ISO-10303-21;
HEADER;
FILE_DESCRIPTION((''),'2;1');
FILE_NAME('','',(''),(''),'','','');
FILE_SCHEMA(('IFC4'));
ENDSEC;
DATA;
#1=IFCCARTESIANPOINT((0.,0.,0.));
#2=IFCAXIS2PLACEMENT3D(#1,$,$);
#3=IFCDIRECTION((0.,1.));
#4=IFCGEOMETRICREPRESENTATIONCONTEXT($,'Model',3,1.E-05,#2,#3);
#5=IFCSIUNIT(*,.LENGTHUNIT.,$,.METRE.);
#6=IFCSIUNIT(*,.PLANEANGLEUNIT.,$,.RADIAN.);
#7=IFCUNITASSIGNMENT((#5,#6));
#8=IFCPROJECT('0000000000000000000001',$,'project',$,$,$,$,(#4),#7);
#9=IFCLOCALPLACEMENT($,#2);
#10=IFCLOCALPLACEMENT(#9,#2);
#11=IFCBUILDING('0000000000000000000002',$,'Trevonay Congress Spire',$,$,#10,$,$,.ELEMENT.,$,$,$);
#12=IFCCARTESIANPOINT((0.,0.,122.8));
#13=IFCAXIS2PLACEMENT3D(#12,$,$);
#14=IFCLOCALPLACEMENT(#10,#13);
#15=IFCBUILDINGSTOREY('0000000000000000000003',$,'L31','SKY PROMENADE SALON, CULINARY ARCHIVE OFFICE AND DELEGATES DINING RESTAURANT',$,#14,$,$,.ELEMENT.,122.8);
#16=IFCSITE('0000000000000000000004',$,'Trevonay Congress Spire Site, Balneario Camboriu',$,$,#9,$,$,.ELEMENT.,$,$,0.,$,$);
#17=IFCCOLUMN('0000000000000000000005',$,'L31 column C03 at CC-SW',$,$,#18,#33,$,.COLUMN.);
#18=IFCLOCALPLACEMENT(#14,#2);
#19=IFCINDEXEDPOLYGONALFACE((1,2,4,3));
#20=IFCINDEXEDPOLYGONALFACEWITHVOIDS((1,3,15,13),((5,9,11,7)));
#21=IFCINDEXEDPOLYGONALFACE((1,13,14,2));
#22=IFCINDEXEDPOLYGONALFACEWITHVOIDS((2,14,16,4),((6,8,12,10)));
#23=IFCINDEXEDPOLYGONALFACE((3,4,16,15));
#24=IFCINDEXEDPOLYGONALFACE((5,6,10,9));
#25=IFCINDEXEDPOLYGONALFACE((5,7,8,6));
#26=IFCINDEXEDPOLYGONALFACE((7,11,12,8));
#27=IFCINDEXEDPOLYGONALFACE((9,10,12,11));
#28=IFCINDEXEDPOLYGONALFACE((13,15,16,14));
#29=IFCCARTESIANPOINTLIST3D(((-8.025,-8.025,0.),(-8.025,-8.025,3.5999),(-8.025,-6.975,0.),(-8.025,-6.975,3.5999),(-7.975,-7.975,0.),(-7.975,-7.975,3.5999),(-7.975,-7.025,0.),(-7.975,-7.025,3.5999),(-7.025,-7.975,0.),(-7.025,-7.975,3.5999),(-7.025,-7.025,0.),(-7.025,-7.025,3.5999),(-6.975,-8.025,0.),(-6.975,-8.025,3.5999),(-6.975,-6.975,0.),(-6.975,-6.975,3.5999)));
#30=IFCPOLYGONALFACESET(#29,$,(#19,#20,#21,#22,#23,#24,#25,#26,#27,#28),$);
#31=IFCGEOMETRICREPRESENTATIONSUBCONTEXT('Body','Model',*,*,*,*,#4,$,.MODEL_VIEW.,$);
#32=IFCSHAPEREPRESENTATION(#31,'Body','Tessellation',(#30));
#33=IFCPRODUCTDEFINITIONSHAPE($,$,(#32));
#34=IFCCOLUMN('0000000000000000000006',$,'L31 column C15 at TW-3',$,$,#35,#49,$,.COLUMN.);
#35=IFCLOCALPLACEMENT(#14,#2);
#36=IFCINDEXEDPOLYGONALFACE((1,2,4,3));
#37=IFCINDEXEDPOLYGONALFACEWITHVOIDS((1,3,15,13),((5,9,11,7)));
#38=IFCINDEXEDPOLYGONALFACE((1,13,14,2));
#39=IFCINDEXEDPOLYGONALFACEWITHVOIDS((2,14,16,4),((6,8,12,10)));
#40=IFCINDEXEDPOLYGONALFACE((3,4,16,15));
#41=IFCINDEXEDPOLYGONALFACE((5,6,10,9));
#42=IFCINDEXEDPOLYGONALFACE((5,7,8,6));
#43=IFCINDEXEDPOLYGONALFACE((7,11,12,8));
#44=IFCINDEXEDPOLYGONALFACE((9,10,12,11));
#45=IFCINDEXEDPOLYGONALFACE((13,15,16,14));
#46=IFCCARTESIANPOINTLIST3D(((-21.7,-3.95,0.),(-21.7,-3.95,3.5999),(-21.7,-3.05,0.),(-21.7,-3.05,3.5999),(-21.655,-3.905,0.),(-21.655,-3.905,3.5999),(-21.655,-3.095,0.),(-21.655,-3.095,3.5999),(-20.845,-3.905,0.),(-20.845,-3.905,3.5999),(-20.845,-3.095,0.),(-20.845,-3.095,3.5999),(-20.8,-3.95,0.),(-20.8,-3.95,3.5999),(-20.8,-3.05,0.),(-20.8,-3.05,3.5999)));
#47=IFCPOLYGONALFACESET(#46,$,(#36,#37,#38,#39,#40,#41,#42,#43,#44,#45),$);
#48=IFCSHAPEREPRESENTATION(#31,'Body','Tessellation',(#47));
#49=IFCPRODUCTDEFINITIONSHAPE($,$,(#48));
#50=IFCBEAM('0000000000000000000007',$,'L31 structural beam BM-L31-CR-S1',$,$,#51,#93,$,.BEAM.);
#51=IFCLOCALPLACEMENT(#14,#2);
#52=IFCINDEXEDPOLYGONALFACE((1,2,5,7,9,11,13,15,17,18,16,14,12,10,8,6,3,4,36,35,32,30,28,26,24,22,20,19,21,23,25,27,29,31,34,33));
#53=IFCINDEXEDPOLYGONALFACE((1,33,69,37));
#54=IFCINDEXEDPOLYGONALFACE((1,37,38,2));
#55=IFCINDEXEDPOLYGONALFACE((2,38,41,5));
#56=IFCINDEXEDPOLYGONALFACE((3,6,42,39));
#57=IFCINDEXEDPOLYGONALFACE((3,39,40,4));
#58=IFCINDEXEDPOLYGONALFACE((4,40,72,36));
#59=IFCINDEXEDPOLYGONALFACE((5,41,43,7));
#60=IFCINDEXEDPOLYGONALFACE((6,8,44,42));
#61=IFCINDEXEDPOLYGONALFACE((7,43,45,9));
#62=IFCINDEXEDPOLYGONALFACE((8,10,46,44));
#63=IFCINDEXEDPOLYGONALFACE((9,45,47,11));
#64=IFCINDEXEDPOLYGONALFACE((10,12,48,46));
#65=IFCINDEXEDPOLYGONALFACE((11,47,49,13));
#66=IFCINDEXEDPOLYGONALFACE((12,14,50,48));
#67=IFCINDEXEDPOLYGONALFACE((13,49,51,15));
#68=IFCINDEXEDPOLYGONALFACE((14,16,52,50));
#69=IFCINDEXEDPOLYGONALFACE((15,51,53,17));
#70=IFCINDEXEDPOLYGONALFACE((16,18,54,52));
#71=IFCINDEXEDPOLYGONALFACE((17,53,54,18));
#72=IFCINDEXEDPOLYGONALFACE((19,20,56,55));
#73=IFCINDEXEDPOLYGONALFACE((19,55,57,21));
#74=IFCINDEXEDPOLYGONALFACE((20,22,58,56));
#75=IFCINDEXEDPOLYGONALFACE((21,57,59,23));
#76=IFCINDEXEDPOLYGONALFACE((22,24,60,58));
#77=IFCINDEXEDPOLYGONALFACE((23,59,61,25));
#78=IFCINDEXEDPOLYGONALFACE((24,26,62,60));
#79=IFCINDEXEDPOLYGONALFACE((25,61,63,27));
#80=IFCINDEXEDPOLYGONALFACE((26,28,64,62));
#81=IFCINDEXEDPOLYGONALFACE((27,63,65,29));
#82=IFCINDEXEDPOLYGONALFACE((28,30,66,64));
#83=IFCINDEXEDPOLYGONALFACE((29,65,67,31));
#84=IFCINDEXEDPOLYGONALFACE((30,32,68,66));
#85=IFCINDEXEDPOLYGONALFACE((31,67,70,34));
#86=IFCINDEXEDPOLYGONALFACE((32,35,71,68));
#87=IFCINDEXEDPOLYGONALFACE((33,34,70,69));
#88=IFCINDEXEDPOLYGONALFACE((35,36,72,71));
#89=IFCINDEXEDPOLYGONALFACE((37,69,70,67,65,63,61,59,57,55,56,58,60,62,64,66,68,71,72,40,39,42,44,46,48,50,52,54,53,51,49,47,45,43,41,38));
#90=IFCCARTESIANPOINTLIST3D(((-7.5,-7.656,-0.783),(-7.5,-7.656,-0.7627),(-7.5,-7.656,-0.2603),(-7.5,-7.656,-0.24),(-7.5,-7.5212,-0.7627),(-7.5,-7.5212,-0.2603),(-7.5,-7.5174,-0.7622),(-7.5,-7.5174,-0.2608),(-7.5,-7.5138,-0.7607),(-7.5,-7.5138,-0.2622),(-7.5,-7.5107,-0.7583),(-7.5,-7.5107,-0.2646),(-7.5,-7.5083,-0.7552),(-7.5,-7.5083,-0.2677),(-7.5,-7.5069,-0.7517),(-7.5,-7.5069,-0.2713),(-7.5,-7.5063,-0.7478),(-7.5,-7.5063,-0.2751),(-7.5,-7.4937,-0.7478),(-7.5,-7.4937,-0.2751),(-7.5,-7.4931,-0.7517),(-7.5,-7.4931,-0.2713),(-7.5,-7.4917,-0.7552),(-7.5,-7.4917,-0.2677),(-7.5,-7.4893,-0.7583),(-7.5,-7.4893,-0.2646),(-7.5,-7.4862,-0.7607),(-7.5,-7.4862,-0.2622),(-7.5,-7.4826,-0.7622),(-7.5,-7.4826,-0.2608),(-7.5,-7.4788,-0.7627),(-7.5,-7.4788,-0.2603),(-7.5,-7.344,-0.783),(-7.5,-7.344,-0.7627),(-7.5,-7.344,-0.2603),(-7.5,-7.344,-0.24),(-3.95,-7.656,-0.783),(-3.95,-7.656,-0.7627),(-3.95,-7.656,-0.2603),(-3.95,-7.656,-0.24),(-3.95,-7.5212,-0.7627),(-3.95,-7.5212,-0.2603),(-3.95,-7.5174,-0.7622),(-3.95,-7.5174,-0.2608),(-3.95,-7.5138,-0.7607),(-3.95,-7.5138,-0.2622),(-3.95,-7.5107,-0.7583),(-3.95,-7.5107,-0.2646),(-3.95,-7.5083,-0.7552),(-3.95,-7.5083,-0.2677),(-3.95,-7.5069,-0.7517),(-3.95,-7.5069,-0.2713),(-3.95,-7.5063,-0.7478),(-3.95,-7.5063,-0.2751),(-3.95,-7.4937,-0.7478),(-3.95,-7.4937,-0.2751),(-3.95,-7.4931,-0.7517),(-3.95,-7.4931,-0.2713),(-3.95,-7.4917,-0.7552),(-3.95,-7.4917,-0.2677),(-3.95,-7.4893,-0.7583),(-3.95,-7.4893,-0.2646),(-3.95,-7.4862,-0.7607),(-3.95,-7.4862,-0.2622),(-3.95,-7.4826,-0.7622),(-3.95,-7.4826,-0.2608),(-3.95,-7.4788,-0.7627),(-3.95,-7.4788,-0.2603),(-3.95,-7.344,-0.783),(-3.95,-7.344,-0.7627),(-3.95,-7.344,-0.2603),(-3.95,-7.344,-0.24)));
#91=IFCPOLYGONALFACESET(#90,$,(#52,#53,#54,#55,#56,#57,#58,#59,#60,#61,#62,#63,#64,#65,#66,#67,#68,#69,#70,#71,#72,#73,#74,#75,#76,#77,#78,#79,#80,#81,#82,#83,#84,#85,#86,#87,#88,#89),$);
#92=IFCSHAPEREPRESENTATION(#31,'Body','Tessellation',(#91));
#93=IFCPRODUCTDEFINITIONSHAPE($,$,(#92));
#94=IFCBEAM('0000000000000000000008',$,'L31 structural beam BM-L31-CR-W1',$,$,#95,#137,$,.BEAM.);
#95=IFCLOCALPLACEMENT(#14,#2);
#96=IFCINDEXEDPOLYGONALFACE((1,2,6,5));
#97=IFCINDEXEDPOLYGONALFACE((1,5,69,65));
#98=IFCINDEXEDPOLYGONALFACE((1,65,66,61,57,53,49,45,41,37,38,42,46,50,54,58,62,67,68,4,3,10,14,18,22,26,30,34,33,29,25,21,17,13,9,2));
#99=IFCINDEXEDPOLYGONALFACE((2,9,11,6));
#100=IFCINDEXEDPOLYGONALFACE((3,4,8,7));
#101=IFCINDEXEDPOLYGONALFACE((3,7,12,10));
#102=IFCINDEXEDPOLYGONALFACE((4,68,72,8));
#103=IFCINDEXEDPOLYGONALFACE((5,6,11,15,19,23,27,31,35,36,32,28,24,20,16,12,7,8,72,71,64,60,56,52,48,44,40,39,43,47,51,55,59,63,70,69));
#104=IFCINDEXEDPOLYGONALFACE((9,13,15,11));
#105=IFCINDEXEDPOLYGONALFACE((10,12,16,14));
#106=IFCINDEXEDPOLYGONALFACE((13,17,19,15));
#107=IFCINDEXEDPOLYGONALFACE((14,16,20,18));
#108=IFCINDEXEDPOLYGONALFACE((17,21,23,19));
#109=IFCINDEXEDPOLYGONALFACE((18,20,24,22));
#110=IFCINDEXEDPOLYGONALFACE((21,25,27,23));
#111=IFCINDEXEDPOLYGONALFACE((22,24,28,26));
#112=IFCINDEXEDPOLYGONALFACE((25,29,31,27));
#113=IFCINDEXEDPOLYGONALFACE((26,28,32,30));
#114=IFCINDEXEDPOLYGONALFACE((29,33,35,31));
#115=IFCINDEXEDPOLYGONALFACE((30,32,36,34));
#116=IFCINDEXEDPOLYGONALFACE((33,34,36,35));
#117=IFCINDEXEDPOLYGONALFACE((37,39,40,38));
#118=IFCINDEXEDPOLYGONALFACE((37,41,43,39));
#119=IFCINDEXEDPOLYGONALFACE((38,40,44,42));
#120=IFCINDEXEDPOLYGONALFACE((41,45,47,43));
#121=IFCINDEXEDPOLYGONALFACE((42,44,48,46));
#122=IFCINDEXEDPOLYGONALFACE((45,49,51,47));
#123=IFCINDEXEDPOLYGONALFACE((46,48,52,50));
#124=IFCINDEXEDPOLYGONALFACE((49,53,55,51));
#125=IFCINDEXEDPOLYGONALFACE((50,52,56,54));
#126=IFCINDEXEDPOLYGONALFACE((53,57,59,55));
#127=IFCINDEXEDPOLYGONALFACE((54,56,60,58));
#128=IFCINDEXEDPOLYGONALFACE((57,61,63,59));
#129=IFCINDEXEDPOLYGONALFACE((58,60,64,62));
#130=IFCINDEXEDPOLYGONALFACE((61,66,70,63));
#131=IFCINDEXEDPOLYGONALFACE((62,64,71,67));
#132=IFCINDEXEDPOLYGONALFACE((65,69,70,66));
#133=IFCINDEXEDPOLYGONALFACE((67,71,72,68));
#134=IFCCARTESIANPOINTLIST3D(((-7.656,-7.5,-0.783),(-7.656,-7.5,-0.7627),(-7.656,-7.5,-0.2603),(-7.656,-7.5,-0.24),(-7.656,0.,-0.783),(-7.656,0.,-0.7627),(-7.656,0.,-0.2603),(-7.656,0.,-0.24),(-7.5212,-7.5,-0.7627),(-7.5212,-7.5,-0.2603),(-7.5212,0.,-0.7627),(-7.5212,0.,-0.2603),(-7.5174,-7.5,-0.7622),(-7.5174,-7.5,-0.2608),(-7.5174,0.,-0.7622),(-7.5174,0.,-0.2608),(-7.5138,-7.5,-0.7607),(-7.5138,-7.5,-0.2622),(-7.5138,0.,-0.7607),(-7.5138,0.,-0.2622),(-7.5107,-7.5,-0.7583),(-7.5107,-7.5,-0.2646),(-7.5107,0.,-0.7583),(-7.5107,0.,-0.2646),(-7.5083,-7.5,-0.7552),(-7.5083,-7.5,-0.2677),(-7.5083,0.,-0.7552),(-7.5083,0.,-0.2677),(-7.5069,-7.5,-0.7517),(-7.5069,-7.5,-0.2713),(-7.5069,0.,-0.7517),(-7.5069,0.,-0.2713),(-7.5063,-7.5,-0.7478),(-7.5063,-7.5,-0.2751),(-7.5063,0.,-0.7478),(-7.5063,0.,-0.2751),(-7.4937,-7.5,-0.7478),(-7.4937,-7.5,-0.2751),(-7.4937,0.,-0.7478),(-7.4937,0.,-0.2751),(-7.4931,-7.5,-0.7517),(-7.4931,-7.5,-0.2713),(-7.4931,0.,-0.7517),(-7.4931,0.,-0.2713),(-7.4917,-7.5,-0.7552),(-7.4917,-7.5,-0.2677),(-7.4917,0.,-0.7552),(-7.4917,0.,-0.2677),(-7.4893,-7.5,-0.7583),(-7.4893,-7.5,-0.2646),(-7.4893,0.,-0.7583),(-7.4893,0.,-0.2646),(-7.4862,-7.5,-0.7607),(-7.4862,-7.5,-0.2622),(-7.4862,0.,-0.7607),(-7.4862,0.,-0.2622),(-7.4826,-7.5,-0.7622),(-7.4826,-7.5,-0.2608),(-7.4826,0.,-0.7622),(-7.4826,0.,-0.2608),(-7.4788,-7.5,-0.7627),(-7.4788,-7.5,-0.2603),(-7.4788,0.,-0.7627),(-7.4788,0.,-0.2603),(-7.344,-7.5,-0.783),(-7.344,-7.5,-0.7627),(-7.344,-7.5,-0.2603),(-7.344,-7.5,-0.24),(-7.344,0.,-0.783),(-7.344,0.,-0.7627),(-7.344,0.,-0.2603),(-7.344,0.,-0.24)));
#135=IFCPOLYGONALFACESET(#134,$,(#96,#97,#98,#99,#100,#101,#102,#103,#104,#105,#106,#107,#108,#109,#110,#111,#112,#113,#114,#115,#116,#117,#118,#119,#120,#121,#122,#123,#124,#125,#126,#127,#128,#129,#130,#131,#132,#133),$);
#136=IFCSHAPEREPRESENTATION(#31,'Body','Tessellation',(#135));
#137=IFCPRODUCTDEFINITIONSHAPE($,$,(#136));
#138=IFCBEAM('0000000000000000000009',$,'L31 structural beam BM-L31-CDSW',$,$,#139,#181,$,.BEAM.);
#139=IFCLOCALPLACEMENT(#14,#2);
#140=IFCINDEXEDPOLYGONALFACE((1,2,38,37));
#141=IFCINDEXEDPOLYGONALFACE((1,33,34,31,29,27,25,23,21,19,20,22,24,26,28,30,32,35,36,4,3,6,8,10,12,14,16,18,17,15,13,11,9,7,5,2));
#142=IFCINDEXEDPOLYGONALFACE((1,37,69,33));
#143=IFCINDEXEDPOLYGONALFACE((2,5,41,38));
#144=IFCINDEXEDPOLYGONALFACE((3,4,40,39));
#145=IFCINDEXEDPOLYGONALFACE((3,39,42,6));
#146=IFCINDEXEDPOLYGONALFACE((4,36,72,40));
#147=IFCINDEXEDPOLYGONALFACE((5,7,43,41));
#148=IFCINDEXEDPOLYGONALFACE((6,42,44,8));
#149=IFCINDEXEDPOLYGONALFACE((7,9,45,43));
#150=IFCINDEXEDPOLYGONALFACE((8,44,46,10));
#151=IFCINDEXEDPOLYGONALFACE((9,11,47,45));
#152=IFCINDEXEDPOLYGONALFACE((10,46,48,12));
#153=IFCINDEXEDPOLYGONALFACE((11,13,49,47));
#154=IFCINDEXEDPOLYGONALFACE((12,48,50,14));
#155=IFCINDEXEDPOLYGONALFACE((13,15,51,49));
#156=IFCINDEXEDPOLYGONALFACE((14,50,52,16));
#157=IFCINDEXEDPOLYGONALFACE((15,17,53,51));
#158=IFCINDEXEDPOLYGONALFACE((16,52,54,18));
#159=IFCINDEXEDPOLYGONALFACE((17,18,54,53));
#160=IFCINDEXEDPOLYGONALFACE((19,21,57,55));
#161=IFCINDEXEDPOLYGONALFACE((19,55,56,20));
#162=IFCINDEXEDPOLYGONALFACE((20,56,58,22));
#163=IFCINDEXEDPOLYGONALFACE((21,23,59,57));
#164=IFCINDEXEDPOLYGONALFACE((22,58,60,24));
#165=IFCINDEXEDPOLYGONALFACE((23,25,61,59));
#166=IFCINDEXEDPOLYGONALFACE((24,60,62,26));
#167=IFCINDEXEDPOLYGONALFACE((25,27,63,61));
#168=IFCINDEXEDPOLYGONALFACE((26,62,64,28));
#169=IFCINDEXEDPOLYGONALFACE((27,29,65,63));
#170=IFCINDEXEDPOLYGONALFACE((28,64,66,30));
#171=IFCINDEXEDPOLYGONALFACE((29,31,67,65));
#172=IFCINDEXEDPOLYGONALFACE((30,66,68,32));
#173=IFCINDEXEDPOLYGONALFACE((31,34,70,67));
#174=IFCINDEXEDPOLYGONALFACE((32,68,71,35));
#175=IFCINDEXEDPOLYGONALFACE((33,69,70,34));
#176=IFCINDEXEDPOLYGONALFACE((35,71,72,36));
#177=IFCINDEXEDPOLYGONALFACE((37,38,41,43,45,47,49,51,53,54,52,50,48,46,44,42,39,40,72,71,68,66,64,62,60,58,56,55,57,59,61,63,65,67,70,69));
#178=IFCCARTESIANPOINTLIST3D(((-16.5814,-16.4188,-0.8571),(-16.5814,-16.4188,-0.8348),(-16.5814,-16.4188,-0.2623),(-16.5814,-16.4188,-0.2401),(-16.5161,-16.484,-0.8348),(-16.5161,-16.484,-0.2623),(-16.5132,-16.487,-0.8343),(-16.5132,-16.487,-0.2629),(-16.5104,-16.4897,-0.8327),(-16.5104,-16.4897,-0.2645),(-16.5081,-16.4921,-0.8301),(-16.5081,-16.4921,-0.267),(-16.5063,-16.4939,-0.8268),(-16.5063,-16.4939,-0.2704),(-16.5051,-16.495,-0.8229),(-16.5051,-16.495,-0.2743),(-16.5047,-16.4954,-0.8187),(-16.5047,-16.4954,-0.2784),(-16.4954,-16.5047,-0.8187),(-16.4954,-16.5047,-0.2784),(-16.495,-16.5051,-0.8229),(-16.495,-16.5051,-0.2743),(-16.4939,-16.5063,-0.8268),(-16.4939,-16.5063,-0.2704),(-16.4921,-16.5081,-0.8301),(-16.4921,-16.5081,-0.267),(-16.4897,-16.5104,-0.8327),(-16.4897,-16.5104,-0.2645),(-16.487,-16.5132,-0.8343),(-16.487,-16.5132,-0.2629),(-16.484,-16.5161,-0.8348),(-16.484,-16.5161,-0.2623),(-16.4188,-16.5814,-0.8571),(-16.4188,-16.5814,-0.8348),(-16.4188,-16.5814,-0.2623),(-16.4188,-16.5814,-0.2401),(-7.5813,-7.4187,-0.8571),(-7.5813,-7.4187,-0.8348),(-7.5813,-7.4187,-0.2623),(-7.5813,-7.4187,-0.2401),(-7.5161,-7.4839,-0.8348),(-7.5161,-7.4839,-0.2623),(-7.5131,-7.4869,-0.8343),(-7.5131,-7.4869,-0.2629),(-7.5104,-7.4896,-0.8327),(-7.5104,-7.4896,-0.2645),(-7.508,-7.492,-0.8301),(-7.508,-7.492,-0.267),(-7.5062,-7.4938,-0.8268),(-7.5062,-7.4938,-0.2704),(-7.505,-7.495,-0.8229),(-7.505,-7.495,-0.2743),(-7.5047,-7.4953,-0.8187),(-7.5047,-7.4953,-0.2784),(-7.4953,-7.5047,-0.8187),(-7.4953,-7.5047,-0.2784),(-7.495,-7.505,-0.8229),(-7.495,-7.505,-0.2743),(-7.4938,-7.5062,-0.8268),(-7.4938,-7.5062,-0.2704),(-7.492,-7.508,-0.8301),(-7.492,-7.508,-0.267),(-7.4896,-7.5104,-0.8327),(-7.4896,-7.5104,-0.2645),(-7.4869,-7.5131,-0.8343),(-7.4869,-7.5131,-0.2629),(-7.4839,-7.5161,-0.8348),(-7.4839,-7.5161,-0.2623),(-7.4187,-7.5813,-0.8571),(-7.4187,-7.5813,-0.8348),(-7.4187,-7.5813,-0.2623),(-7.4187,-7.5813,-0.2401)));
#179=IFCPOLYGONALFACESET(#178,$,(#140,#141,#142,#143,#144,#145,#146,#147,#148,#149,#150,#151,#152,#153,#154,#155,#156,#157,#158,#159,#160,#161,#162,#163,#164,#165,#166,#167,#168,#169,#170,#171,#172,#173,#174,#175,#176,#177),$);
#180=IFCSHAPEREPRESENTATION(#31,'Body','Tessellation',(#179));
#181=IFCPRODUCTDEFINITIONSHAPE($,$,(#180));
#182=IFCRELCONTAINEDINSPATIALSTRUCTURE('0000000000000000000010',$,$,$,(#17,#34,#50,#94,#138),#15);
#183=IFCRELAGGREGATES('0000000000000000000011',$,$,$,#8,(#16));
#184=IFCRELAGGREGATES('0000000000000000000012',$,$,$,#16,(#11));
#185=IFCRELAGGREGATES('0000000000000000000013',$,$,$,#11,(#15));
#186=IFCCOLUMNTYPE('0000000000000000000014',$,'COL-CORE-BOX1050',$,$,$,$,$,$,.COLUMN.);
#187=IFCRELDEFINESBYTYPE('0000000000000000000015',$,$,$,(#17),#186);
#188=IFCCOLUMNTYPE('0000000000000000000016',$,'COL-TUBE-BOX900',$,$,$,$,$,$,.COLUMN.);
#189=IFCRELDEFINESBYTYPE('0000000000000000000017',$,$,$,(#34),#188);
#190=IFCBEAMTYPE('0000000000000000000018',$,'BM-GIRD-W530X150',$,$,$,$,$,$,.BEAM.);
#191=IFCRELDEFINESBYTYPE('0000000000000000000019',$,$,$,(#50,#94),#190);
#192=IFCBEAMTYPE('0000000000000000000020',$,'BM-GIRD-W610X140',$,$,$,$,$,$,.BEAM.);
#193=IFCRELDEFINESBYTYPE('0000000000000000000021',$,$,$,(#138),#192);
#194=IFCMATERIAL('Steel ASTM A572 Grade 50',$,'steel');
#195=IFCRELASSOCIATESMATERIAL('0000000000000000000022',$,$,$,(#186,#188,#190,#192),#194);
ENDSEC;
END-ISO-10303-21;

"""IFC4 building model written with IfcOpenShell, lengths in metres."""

from ifc_helpers import new_model, si_unit, direction, frame, origin, origin_2d, place, context, subcontext, project, spatial, hollow_rectangle, i_section, extrude, material, material_profile, profile_set, type_object, element, save


model = new_model("IFC4")

# Units and contexts
model_context = context("Model", 3, precision=1e-05, world=origin(), true_north=direction((0.0, 1.0)))
body_context = subcontext(model_context, "Body", "Model", "MODEL_VIEW")
ifc_project = project(units=[si_unit("LENGTHUNIT", "METRE"), si_unit("PLANEANGLEUNIT", "RADIAN")], contexts=[model_context])

# Site, building, storey
site_placement = place(None, origin())
site = spatial("IfcSite", under=ifc_project, at=site_placement, Name="Trevonay Congress Spire Site, Balneario Camboriu", CompositionType="ELEMENT", RefElevation=0.0)
building_placement = place(site_placement, origin())
building = spatial("IfcBuilding", under=site, at=building_placement, Name="Trevonay Congress Spire", CompositionType="ELEMENT")
storey_placement = place(building_placement, frame((0.0, 0.0, 122.8)))
storey = spatial("IfcBuildingStorey", under=building, at=storey_placement, Name="L31", Description="SKY PROMENADE SALON, CULINARY ARCHIVE OFFICE AND DELEGATES DINING RESTAURANT", CompositionType="ELEMENT", Elevation=122.8)

# Columns
ifc_material_1 = material(Name="Steel ASTM A572 Grade 50", Category="steel")
ifc_material_profile_1 = material_profile(ifc_material_1, hollow_rectangle(XDim=1.05, YDim=1.05, WallThickness=0.05, at=origin_2d()), Name="BOX 1050x1050x50")
ifc_profile_set_1 = profile_set([ifc_material_profile_1], Name="Steel ASTM A572 Grade 50")
column_type_1 = type_object("IfcColumnType", Name="COL-CORE-BOX1050", PredefinedType="COLUMN", material=ifc_profile_set_1)
column_1_placement = place(storey_placement, frame((-7.5, -7.5, 0.0), z_axis=(0.0, 0.0, 1.0), x_axis=(1.0, 0.0, 0.0)))
element("IfcColumn", 1, at=column_1_placement, inside=storey, type_object=column_type_1, Name="L31 column C03 at CC-SW", PredefinedType="COLUMN", context=body_context, shape_type="SweptSolid", body=[
    extrude(hollow_rectangle(XDim=1.05, YDim=1.05, WallThickness=0.05, at=origin_2d()), origin(), (0.0, 0.0, 1.0), 3.5999),
])
ifc_material_profile_2 = material_profile(ifc_material_1, hollow_rectangle(XDim=0.8999, YDim=0.8999, WallThickness=0.0449, at=origin_2d()), Name="BOX 900x900x45")
ifc_profile_set_2 = profile_set([ifc_material_profile_2], Name="Steel ASTM A572 Grade 50")
column_type_2 = type_object("IfcColumnType", Name="COL-TUBE-BOX900", PredefinedType="COLUMN", material=ifc_profile_set_2)
column_2_placement = place(storey_placement, frame((-21.25, -3.5, 0.0), z_axis=(0.0, 0.0, 1.0), x_axis=(1.0, 0.0, 0.0)))
element("IfcColumn", 2, at=column_2_placement, inside=storey, type_object=column_type_2, Name="L31 column C15 at TW-3", PredefinedType="COLUMN", context=body_context, shape_type="SweptSolid", body=[
    extrude(hollow_rectangle(XDim=0.8999, YDim=0.8999, WallThickness=0.0449, at=origin_2d()), origin(), (0.0, 0.0, 1.0), 3.5999),
])

# Beams
ifc_material_profile_3 = material_profile(ifc_material_1, i_section(OverallWidth=0.312, OverallDepth=0.543, WebThickness=0.0127, FlangeThickness=0.0203, FilletRadius=0.0149, at=origin_2d()), Name="W530x150")
ifc_profile_set_3 = profile_set([ifc_material_profile_3], Name="Steel ASTM A572 Grade 50")
beam_type_1 = type_object("IfcBeamType", Name="BM-GIRD-W530X150", PredefinedType="BEAM", material=ifc_profile_set_3)
beam_1_placement = place(storey_placement, frame((-7.5, -7.5, -0.5115), z_axis=(1.0, 0.0, 0.0), x_axis=(0.0, 1.0, 0.0)))
element("IfcBeam", 3, at=beam_1_placement, inside=storey, type_object=beam_type_1, Name="L31 structural beam BM-L31-CR-S1", PredefinedType="BEAM", context=body_context, shape_type="SweptSolid", body=[
    extrude(i_section(OverallWidth=0.312, OverallDepth=0.543, WebThickness=0.0127, FlangeThickness=0.0203, FilletRadius=0.0149, at=origin_2d()), origin(), (0.0, 0.0, 1.0), 3.55),
])
beam_2_placement = place(storey_placement, frame((-7.5, -7.5, -0.5115), z_axis=(0.0, 1.0, 0.0), x_axis=(-1.0, 0.0, 0.0)))
element("IfcBeam", 4, at=beam_2_placement, inside=storey, type_object=beam_type_1, Name="L31 structural beam BM-L31-CR-W1", PredefinedType="BEAM", context=body_context, shape_type="SweptSolid", body=[
    extrude(i_section(OverallWidth=0.312, OverallDepth=0.543, WebThickness=0.0127, FlangeThickness=0.0203, FilletRadius=0.0149, at=origin_2d()), origin(), (0.0, 0.0, 1.0), 7.5),
])
ifc_material_profile_4 = material_profile(ifc_material_1, i_section(OverallWidth=0.23, OverallDepth=0.6169, WebThickness=0.0132, FlangeThickness=0.0222, FilletRadius=0.0161, at=origin_2d()), Name="W610x140")
ifc_profile_set_4 = profile_set([ifc_material_profile_4], Name="Steel ASTM A572 Grade 50")
beam_type_2 = type_object("IfcBeamType", Name="BM-GIRD-W610X140", PredefinedType="BEAM", material=ifc_profile_set_4)
beam_3_placement = place(storey_placement, frame((-7.5, -7.5, -0.5486), z_axis=(-0.707107, -0.707107, 0.0), x_axis=(0.707107, -0.707107, 0.0)))
element("IfcBeam", 5, at=beam_3_placement, inside=storey, type_object=beam_type_2, Name="L31 structural beam BM-L31-CDSW", PredefinedType="BEAM", context=body_context, shape_type="SweptSolid", body=[
    extrude(i_section(OverallWidth=0.23, OverallDepth=0.6169, WebThickness=0.0132, FlangeThickness=0.0222, FilletRadius=0.0161, at=origin_2d()), origin(), (0.0, 0.0, 1.0), 12.728),
])

save(model, "model.ifc")
